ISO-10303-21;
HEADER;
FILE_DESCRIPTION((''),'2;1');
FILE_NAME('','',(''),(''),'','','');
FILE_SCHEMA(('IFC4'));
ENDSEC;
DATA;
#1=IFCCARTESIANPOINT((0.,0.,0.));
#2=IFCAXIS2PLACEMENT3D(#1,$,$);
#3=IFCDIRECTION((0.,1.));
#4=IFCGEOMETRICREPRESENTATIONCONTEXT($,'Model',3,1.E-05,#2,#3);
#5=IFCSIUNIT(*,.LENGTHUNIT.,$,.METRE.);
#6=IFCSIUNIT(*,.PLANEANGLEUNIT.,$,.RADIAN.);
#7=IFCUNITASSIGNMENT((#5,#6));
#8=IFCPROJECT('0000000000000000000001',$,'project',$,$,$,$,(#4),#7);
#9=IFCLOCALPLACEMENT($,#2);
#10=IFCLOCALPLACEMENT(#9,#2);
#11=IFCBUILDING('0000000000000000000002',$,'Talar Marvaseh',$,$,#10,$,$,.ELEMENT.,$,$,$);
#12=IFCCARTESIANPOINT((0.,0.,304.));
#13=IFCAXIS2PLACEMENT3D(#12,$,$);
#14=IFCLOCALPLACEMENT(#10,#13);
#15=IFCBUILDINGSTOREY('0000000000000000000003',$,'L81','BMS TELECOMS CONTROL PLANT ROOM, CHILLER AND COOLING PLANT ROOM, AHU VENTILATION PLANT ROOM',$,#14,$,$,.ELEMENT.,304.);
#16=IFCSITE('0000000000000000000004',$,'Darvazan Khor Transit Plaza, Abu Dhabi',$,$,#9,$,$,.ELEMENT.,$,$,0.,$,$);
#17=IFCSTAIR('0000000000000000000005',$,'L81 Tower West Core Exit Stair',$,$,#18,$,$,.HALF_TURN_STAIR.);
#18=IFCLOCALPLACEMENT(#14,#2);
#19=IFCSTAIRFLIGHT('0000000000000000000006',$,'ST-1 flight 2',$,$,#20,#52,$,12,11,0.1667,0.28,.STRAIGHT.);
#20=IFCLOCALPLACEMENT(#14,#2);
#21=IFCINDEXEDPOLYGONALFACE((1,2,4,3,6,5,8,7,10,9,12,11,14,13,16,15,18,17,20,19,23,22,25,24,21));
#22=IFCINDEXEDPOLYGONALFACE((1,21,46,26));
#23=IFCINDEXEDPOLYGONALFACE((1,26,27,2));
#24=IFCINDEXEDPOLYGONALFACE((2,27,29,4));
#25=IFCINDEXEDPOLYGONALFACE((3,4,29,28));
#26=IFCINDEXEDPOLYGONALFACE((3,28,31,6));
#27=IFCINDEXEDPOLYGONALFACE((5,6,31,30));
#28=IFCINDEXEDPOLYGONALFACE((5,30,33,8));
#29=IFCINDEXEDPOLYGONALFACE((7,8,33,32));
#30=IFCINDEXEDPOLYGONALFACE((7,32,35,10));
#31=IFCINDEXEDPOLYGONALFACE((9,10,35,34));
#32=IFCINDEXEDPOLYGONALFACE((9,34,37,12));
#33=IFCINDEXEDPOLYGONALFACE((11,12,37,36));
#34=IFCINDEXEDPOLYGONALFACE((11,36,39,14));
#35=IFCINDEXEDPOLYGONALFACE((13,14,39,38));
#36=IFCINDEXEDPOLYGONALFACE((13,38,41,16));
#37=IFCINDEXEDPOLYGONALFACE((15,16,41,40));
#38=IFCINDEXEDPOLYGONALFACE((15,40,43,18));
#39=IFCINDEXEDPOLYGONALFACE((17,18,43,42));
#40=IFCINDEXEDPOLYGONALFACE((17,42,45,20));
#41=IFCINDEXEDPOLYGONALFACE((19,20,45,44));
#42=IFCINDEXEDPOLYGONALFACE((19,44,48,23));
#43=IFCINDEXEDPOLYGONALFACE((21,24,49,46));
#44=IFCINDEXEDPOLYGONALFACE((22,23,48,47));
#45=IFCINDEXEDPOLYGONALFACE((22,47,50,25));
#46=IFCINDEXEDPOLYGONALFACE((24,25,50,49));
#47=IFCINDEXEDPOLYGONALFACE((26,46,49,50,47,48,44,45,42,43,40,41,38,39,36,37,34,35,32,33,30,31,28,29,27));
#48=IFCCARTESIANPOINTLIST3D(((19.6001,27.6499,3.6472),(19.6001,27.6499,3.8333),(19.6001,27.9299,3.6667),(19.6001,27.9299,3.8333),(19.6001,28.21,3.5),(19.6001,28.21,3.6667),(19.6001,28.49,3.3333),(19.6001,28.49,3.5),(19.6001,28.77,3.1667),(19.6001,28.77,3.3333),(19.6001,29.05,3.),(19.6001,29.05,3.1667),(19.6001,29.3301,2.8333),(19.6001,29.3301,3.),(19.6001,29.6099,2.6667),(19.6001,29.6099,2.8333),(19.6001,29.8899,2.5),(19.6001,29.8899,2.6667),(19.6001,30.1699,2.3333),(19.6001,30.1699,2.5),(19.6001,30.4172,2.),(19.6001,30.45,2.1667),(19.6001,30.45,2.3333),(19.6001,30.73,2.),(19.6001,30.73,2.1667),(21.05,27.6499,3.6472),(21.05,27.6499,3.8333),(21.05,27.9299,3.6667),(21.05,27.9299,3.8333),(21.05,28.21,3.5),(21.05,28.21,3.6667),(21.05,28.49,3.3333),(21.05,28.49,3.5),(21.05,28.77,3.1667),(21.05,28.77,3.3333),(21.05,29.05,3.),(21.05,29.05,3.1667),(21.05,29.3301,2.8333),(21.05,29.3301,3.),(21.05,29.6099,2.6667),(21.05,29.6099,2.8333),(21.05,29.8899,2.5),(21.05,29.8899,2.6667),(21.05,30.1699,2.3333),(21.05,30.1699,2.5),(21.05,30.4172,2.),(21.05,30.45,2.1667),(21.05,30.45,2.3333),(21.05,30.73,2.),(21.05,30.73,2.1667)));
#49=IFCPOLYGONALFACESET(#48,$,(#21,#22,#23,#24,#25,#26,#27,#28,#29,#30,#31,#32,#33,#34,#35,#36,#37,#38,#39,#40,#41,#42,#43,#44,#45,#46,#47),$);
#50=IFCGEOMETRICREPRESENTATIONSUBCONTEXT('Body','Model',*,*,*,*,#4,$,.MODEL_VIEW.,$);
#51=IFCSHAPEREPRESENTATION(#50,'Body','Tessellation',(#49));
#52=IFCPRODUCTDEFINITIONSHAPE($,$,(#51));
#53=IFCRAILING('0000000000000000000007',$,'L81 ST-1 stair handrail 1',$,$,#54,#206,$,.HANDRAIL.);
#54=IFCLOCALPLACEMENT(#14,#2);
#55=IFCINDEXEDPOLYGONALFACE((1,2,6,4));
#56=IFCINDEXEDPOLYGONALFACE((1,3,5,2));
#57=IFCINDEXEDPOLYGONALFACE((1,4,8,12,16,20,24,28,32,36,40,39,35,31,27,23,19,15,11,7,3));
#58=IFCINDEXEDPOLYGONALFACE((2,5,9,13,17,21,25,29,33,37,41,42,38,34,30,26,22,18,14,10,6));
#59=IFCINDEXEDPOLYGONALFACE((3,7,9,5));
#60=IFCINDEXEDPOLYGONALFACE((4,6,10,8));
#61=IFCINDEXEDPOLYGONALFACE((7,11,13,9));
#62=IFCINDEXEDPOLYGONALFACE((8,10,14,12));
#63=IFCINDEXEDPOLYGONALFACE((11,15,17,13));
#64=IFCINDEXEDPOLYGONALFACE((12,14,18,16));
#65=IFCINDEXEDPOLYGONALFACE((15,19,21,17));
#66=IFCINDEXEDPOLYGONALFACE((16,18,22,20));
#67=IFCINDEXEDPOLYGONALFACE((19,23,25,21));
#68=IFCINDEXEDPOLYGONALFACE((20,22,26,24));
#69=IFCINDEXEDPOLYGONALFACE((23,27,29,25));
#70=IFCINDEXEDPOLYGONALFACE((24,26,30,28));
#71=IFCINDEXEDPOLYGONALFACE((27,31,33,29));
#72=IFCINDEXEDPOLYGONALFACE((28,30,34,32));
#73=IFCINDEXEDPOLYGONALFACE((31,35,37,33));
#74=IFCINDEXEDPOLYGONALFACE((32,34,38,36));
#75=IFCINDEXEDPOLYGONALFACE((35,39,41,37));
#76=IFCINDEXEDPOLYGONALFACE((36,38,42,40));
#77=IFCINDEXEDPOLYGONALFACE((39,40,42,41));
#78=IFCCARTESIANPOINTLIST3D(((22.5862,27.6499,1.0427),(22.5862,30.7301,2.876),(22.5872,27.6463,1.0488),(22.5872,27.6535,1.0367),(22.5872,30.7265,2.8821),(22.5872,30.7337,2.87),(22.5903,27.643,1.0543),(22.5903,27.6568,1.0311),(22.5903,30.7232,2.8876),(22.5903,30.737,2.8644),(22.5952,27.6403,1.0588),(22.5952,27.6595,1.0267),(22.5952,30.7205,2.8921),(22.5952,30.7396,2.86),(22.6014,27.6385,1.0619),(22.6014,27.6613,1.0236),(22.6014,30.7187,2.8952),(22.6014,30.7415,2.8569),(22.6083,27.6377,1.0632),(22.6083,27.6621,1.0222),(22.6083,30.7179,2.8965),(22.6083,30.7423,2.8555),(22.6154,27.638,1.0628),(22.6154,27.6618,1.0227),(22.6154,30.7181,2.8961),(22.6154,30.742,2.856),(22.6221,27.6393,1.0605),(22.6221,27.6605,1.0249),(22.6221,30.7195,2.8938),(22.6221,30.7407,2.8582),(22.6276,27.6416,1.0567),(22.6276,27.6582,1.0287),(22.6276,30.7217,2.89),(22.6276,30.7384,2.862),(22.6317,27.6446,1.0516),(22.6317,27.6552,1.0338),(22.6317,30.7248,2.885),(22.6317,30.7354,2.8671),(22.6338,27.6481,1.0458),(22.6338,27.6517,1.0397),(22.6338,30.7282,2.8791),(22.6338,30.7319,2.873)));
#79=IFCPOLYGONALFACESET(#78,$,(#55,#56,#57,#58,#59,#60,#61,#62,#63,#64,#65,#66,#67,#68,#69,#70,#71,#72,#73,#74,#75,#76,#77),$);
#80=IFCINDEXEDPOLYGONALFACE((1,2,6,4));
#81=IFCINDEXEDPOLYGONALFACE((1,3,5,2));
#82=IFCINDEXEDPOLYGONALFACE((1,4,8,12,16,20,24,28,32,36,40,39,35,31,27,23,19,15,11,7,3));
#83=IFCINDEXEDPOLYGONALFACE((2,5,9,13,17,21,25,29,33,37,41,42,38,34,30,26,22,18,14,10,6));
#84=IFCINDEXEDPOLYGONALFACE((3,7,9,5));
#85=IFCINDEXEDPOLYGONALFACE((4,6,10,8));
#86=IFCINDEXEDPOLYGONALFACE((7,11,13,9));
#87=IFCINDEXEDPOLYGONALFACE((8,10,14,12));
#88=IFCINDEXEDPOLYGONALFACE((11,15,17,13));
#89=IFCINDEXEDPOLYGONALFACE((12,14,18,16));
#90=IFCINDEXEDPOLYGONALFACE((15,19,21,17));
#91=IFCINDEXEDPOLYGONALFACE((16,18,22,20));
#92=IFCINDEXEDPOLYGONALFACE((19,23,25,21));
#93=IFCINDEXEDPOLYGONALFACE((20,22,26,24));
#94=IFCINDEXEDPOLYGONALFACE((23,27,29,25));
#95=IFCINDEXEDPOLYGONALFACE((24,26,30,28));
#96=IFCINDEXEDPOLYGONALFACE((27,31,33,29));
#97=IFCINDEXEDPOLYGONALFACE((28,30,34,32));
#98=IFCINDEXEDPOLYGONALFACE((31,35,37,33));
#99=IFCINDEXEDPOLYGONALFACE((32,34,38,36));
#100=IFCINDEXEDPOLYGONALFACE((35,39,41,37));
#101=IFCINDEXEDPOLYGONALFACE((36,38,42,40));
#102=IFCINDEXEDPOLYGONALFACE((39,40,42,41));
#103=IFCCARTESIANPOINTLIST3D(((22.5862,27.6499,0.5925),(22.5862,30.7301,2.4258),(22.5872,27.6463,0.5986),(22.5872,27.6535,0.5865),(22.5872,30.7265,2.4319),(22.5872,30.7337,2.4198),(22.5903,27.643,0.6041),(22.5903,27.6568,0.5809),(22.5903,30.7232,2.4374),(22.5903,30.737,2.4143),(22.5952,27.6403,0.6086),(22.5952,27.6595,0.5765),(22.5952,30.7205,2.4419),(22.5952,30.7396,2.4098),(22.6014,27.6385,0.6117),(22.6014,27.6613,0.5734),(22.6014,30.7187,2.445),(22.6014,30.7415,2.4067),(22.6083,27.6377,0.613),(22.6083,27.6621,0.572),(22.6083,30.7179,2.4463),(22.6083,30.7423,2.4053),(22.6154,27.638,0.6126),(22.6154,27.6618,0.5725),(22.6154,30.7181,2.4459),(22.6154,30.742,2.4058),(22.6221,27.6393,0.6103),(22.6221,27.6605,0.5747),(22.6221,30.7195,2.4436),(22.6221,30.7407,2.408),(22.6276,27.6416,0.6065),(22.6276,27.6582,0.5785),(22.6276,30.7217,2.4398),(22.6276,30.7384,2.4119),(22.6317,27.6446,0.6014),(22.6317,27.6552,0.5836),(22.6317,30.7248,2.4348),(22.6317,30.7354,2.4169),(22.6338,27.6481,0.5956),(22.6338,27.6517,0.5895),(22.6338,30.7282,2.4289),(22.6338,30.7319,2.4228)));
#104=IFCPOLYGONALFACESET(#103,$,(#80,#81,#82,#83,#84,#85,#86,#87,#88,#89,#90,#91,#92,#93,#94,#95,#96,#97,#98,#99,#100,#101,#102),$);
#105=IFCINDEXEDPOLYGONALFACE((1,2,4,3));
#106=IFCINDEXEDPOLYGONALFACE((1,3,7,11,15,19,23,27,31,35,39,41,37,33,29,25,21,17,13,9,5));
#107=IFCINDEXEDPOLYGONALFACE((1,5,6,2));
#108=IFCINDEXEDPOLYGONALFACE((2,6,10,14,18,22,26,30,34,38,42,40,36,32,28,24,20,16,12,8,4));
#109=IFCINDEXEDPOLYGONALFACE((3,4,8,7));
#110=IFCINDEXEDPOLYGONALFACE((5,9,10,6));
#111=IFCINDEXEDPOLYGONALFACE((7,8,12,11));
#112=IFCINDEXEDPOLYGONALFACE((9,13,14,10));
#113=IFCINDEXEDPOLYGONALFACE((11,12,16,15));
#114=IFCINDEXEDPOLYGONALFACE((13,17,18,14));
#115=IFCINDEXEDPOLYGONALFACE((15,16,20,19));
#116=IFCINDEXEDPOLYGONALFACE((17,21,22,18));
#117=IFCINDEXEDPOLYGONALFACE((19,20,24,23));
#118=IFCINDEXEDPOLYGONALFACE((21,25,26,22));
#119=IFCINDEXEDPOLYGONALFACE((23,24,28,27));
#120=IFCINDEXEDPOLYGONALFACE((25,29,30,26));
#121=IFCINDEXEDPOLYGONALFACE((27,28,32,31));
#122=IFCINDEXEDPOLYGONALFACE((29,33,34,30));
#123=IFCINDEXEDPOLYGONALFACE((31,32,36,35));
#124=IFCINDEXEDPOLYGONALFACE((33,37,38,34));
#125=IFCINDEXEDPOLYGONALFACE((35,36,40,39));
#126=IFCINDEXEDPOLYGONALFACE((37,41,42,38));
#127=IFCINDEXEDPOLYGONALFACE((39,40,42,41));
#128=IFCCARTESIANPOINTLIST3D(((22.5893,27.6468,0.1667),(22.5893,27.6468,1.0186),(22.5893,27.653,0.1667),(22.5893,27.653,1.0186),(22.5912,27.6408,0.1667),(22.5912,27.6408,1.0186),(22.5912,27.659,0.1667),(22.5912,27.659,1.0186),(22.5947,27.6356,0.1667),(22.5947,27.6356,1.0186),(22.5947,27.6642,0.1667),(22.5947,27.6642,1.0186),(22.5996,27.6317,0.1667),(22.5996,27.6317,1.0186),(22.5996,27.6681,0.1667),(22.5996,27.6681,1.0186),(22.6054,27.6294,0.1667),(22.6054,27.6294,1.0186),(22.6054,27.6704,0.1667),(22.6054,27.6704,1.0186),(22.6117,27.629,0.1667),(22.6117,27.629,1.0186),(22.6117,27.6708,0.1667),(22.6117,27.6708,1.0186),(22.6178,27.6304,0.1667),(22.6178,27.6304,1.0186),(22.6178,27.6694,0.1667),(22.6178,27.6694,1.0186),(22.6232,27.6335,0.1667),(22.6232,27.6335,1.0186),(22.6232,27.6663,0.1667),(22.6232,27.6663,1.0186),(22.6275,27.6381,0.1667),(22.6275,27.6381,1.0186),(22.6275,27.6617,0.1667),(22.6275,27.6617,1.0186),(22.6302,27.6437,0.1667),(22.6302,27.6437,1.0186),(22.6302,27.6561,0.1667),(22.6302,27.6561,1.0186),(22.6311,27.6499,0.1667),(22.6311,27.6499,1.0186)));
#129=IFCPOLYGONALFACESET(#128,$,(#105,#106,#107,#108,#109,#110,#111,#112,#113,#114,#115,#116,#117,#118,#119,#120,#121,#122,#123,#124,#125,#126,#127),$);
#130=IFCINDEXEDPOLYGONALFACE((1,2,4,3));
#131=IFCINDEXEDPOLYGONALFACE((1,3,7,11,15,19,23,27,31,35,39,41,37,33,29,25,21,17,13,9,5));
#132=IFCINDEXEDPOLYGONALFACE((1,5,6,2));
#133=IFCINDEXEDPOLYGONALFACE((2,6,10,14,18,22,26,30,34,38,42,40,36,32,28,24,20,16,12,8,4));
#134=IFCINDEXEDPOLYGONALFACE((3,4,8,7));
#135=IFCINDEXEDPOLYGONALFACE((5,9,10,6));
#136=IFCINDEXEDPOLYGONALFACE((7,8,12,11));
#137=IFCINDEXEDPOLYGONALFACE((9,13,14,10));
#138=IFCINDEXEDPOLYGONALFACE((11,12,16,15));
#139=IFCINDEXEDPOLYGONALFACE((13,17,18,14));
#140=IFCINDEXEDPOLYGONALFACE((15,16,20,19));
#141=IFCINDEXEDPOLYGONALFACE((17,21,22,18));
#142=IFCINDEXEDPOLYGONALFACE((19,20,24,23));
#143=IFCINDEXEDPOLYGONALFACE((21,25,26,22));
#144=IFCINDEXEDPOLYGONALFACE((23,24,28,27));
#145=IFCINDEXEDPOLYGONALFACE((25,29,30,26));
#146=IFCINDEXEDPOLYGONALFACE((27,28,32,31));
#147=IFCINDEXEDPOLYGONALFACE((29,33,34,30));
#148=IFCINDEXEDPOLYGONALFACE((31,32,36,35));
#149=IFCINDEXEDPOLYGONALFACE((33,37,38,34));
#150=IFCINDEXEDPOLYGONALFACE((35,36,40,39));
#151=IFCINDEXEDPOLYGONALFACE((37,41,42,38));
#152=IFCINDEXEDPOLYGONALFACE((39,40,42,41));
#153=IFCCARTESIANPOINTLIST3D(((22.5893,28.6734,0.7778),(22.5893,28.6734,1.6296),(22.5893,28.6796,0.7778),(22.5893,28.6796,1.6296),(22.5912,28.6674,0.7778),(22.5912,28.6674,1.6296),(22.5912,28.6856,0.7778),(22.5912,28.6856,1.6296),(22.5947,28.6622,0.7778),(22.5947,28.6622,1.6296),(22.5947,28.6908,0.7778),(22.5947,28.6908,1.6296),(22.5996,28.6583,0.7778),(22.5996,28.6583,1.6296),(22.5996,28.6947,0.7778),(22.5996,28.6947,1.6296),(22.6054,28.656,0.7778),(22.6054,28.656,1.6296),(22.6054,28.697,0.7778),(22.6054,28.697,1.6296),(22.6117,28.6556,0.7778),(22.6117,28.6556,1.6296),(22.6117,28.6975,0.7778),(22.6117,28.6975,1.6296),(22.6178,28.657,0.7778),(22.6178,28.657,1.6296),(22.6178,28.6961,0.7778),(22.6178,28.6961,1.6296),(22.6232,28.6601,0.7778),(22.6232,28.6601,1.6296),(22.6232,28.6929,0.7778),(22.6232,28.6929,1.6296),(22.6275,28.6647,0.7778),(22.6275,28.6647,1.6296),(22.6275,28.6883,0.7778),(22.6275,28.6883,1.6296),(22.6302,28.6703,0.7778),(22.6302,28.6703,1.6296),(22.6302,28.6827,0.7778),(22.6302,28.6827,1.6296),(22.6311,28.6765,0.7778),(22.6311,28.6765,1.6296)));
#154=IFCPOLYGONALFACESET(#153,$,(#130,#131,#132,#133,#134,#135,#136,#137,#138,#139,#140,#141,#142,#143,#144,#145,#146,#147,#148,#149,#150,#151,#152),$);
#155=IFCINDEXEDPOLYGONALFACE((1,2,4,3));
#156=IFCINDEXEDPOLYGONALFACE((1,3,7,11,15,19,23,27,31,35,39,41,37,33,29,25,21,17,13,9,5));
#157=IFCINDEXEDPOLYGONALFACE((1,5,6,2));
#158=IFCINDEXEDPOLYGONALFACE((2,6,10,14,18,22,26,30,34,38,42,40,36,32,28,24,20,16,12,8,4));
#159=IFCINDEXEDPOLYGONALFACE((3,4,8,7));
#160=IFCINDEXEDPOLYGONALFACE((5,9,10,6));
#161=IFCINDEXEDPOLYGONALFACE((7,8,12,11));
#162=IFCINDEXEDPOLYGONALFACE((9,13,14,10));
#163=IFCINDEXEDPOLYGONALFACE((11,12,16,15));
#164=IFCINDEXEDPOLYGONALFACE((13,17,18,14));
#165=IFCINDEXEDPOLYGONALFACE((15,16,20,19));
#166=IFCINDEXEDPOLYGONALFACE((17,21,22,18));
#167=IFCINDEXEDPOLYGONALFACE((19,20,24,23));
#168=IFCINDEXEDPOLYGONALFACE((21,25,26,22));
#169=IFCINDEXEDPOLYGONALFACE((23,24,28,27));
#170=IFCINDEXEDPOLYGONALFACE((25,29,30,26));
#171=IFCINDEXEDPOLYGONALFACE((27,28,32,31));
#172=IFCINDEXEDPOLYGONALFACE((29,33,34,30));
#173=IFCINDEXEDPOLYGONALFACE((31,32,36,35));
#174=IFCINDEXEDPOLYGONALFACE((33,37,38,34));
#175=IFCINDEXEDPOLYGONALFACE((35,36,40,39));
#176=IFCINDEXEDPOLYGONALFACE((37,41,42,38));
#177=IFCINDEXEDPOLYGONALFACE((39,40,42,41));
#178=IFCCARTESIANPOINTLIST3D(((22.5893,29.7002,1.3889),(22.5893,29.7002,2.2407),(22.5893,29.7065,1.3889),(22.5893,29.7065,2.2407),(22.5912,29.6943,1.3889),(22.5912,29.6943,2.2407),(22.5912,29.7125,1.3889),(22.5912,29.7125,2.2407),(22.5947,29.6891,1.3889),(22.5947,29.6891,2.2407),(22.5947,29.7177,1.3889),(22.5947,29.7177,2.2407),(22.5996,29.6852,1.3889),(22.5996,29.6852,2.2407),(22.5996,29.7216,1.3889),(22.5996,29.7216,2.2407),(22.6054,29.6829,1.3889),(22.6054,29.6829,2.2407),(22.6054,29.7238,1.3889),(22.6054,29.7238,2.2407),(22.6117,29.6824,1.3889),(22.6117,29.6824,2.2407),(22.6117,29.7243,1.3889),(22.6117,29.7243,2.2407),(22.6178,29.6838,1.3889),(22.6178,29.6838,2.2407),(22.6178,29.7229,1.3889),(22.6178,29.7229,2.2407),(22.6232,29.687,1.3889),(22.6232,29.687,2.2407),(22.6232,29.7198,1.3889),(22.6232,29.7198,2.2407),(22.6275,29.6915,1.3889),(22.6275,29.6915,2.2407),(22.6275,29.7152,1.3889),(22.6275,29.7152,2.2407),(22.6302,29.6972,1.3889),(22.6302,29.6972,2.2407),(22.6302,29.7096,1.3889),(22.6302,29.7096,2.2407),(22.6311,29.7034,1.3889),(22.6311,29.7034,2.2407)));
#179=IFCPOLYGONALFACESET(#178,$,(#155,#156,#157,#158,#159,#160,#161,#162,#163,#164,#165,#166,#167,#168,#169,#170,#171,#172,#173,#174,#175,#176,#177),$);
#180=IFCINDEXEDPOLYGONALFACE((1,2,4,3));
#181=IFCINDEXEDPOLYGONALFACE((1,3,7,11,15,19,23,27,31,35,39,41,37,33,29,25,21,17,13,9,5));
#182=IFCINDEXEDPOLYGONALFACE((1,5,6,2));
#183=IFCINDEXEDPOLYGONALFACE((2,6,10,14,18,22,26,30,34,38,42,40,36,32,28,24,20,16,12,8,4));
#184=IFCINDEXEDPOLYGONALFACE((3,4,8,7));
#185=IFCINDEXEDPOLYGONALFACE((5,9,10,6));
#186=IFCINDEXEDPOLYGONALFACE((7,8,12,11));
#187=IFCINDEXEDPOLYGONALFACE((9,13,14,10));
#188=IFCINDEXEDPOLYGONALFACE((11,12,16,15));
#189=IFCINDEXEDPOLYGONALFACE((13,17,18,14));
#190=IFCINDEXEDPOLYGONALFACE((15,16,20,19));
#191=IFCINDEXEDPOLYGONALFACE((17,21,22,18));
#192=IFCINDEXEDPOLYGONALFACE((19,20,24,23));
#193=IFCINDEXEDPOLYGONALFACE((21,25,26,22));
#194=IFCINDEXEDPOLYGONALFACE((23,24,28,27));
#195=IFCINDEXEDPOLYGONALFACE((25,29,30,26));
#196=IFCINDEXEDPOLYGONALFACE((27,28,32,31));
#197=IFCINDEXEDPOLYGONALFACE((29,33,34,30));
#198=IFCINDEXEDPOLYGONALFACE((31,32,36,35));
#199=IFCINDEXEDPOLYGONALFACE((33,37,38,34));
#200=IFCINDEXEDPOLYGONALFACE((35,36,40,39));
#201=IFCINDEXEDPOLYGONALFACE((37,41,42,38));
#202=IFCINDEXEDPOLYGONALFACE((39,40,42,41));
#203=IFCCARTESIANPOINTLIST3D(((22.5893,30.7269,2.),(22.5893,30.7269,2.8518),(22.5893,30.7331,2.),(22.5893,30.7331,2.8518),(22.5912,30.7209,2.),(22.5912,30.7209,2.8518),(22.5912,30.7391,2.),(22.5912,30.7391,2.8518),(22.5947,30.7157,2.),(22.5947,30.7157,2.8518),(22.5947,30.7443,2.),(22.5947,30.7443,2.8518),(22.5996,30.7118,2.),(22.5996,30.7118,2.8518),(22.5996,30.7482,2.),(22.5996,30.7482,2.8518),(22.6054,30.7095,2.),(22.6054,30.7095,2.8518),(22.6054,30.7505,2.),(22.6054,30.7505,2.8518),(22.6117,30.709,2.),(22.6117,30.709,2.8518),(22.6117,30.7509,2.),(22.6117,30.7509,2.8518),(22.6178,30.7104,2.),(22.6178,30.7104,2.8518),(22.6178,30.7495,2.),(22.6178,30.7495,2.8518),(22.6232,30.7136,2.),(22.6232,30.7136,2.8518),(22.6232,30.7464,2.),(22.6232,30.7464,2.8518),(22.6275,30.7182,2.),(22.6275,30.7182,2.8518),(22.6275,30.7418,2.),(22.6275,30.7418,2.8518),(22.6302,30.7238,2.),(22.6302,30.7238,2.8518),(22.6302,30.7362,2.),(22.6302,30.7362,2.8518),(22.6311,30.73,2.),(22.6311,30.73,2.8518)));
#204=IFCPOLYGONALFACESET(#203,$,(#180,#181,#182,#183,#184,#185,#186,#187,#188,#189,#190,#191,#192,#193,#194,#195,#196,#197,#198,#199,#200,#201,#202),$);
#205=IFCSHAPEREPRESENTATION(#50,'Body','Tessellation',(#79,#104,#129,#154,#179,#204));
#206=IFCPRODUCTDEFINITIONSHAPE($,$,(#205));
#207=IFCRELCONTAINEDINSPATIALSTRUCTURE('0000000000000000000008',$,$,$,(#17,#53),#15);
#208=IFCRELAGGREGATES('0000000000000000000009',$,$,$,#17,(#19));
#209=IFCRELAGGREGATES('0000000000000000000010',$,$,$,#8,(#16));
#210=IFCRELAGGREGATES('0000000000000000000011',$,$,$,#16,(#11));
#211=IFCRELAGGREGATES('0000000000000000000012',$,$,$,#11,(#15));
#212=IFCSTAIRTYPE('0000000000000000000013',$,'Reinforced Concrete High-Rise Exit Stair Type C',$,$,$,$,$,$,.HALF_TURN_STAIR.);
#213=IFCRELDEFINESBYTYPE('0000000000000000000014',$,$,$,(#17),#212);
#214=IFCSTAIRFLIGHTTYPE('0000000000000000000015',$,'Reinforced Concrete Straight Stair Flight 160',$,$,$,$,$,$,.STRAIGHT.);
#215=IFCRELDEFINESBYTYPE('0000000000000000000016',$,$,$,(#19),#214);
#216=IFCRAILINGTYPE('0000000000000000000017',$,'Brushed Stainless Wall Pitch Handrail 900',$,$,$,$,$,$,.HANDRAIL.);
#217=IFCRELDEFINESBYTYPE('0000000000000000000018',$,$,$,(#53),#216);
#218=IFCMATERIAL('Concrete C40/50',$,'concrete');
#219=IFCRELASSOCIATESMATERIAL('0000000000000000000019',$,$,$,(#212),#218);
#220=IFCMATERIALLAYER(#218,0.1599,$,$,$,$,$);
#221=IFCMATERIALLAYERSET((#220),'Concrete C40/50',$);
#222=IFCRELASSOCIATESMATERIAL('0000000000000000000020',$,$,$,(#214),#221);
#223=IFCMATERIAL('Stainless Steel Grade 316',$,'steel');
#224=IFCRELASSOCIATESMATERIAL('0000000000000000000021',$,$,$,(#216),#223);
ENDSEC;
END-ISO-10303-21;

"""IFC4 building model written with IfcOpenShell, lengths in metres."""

from ifc_helpers import new_model, si_unit, direction, frame, origin, origin_2d, place, context, subcontext, project, spatial, polyline, circle, outline, extrude, material, layer, layer_set, type_object, element, aggregate, save


model = new_model("IFC4")

# Units and contexts
model_context = context("Model", 3, precision=1e-05, world=origin(), true_north=direction((0.0, 1.0)))
body_context = subcontext(model_context, "Body", "Model", "MODEL_VIEW")
ifc_project = project(units=[si_unit("LENGTHUNIT", "METRE"), si_unit("PLANEANGLEUNIT", "RADIAN")], contexts=[model_context])

# Site, building, storey
site_placement = place(None, origin())
site = spatial("IfcSite", under=ifc_project, at=site_placement, Name="Darvazan Khor Transit Plaza, Abu Dhabi", CompositionType="ELEMENT", RefElevation=0.0)
building_placement = place(site_placement, origin())
building = spatial("IfcBuilding", under=site, at=building_placement, Name="Talar Marvaseh", CompositionType="ELEMENT")
storey_placement = place(building_placement, frame((0.0, 0.0, 304.0)))
storey = spatial("IfcBuildingStorey", under=building, at=storey_placement, Name="L81", Description="BMS TELECOMS CONTROL PLANT ROOM, CHILLER AND COOLING PLANT ROOM, AHU VENTILATION PLANT ROOM", CompositionType="ELEMENT", Elevation=304.0)

# Shared definitions
ifc_material_1 = material(Name="Concrete C40/50", Category="concrete")

# Shared definitions
ifc_material_2 = material(Name="Stainless Steel Grade 316", Category="steel")

# Stair, stair flight
stair_type = type_object("IfcStairType", Name="Reinforced Concrete High-Rise Exit Stair Type C", PredefinedType="HALF_TURN_STAIR", material=ifc_material_1)
stair_placement = place(storey_placement, origin())
stair = element("IfcStair", 1, at=stair_placement, inside=storey, type_object=stair_type, Name="L81 Tower West Core Exit Stair", PredefinedType="HALF_TURN_STAIR")
ifc_layer_1 = layer(ifc_material_1, 0.1599)
ifc_layer_set_1 = layer_set([ifc_layer_1], Name="Concrete C40/50")
stair_flight_type = type_object("IfcStairFlightType", Name="Reinforced Concrete Straight Stair Flight 160", PredefinedType="STRAIGHT", material=ifc_layer_set_1)
stair_flight_1_placement = place(storey_placement, frame((20.325, 30.73, 2.0), z_axis=(0.0, 0.0, 1.0), x_axis=(0.0, -1.0, 0.0)))
stair_flight_1 = element("IfcStairFlight", 2, at=stair_flight_1_placement, type_object=stair_flight_type, Name="ST-1 flight 2", NumberOfRisers=12, NumberOfTreads=11, PredefinedType="STRAIGHT", RiserHeight=0.1667, TreadLength=0.28, context=body_context, shape_type="SweptSolid", body=[
    extrude(outline(polyline([(0.0, 0.0), (0.0, 0.1667), (0.28, 0.1667), (0.28, 0.3333), (0.5601, 0.3333), (0.5601, 0.5), (0.8401, 0.5), (0.8401, 0.6667), (1.1201, 0.6667), (1.1201, 0.8333), (1.3999, 0.8333), (1.3999, 1.0), (1.6799, 1.0), (1.6799, 1.1667), (1.96, 1.1667), (1.96, 1.3333), (2.24, 1.3333), (2.24, 1.5), (2.52, 1.5), (2.52, 1.6667), (2.8, 1.6667), (2.8, 1.8333), (3.0801, 1.8333), (3.0801, 2.0), (3.0801, 1.6472), (0.3127, 0.0), (0.0, 0.0)])), frame((0.0, 0.7251, 0.0), z_axis=(0.0, -1.0, 0.0), x_axis=(1.0, 0.0, 0.0)), (0.0, 0.0, 1.0), 1.45),
])
aggregate(stair, [stair_flight_1])

# Railing
railing_type_1 = type_object("IfcRailingType", Name="Brushed Stainless Wall Pitch Handrail 900", PredefinedType="HANDRAIL", material=ifc_material_2)
railing_1_placement = place(storey_placement, frame((22.6101, 27.6499, 0.1667)))
element("IfcRailing", 3, at=railing_1_placement, inside=storey, type_object=railing_type_1, Name="L81 ST-1 stair handrail 1", PredefinedType="HANDRAIL", context=body_context, shape_type="SweptSolid", body=[
    extrude(circle(Radius=0.0239, at=origin_2d()), frame((0.0, 0.0, 0.876), z_axis=(0.0, 0.859309, 0.511458), x_axis=(-1.0, 0.0, 0.0)), (0.0, 0.0, 1.0), 3.5845),
    extrude(circle(Radius=0.0239, at=origin_2d()), frame((0.0, 0.0, 0.4258), z_axis=(0.0, 0.859309, 0.511458), x_axis=(-1.0, 0.0, 0.0)), (0.0, 0.0, 1.0), 3.5845),
    extrude(circle(Radius=0.021, at=origin_2d()), origin(), (0.0, 0.0, 1.0), 0.8518),
    extrude(circle(Radius=0.021, at=origin_2d()), frame((0.0, 1.0266, 0.6111)), (0.0, 0.0, 1.0), 0.8518),
    extrude(circle(Radius=0.021, at=origin_2d()), frame((0.0, 2.0535, 1.2222)), (0.0, 0.0, 1.0), 0.8518),
    extrude(circle(Radius=0.021, at=origin_2d()), frame((0.0, 3.0801, 1.8333)), (0.0, 0.0, 1.0), 0.8518),
])

save(model, "model.ifc")
